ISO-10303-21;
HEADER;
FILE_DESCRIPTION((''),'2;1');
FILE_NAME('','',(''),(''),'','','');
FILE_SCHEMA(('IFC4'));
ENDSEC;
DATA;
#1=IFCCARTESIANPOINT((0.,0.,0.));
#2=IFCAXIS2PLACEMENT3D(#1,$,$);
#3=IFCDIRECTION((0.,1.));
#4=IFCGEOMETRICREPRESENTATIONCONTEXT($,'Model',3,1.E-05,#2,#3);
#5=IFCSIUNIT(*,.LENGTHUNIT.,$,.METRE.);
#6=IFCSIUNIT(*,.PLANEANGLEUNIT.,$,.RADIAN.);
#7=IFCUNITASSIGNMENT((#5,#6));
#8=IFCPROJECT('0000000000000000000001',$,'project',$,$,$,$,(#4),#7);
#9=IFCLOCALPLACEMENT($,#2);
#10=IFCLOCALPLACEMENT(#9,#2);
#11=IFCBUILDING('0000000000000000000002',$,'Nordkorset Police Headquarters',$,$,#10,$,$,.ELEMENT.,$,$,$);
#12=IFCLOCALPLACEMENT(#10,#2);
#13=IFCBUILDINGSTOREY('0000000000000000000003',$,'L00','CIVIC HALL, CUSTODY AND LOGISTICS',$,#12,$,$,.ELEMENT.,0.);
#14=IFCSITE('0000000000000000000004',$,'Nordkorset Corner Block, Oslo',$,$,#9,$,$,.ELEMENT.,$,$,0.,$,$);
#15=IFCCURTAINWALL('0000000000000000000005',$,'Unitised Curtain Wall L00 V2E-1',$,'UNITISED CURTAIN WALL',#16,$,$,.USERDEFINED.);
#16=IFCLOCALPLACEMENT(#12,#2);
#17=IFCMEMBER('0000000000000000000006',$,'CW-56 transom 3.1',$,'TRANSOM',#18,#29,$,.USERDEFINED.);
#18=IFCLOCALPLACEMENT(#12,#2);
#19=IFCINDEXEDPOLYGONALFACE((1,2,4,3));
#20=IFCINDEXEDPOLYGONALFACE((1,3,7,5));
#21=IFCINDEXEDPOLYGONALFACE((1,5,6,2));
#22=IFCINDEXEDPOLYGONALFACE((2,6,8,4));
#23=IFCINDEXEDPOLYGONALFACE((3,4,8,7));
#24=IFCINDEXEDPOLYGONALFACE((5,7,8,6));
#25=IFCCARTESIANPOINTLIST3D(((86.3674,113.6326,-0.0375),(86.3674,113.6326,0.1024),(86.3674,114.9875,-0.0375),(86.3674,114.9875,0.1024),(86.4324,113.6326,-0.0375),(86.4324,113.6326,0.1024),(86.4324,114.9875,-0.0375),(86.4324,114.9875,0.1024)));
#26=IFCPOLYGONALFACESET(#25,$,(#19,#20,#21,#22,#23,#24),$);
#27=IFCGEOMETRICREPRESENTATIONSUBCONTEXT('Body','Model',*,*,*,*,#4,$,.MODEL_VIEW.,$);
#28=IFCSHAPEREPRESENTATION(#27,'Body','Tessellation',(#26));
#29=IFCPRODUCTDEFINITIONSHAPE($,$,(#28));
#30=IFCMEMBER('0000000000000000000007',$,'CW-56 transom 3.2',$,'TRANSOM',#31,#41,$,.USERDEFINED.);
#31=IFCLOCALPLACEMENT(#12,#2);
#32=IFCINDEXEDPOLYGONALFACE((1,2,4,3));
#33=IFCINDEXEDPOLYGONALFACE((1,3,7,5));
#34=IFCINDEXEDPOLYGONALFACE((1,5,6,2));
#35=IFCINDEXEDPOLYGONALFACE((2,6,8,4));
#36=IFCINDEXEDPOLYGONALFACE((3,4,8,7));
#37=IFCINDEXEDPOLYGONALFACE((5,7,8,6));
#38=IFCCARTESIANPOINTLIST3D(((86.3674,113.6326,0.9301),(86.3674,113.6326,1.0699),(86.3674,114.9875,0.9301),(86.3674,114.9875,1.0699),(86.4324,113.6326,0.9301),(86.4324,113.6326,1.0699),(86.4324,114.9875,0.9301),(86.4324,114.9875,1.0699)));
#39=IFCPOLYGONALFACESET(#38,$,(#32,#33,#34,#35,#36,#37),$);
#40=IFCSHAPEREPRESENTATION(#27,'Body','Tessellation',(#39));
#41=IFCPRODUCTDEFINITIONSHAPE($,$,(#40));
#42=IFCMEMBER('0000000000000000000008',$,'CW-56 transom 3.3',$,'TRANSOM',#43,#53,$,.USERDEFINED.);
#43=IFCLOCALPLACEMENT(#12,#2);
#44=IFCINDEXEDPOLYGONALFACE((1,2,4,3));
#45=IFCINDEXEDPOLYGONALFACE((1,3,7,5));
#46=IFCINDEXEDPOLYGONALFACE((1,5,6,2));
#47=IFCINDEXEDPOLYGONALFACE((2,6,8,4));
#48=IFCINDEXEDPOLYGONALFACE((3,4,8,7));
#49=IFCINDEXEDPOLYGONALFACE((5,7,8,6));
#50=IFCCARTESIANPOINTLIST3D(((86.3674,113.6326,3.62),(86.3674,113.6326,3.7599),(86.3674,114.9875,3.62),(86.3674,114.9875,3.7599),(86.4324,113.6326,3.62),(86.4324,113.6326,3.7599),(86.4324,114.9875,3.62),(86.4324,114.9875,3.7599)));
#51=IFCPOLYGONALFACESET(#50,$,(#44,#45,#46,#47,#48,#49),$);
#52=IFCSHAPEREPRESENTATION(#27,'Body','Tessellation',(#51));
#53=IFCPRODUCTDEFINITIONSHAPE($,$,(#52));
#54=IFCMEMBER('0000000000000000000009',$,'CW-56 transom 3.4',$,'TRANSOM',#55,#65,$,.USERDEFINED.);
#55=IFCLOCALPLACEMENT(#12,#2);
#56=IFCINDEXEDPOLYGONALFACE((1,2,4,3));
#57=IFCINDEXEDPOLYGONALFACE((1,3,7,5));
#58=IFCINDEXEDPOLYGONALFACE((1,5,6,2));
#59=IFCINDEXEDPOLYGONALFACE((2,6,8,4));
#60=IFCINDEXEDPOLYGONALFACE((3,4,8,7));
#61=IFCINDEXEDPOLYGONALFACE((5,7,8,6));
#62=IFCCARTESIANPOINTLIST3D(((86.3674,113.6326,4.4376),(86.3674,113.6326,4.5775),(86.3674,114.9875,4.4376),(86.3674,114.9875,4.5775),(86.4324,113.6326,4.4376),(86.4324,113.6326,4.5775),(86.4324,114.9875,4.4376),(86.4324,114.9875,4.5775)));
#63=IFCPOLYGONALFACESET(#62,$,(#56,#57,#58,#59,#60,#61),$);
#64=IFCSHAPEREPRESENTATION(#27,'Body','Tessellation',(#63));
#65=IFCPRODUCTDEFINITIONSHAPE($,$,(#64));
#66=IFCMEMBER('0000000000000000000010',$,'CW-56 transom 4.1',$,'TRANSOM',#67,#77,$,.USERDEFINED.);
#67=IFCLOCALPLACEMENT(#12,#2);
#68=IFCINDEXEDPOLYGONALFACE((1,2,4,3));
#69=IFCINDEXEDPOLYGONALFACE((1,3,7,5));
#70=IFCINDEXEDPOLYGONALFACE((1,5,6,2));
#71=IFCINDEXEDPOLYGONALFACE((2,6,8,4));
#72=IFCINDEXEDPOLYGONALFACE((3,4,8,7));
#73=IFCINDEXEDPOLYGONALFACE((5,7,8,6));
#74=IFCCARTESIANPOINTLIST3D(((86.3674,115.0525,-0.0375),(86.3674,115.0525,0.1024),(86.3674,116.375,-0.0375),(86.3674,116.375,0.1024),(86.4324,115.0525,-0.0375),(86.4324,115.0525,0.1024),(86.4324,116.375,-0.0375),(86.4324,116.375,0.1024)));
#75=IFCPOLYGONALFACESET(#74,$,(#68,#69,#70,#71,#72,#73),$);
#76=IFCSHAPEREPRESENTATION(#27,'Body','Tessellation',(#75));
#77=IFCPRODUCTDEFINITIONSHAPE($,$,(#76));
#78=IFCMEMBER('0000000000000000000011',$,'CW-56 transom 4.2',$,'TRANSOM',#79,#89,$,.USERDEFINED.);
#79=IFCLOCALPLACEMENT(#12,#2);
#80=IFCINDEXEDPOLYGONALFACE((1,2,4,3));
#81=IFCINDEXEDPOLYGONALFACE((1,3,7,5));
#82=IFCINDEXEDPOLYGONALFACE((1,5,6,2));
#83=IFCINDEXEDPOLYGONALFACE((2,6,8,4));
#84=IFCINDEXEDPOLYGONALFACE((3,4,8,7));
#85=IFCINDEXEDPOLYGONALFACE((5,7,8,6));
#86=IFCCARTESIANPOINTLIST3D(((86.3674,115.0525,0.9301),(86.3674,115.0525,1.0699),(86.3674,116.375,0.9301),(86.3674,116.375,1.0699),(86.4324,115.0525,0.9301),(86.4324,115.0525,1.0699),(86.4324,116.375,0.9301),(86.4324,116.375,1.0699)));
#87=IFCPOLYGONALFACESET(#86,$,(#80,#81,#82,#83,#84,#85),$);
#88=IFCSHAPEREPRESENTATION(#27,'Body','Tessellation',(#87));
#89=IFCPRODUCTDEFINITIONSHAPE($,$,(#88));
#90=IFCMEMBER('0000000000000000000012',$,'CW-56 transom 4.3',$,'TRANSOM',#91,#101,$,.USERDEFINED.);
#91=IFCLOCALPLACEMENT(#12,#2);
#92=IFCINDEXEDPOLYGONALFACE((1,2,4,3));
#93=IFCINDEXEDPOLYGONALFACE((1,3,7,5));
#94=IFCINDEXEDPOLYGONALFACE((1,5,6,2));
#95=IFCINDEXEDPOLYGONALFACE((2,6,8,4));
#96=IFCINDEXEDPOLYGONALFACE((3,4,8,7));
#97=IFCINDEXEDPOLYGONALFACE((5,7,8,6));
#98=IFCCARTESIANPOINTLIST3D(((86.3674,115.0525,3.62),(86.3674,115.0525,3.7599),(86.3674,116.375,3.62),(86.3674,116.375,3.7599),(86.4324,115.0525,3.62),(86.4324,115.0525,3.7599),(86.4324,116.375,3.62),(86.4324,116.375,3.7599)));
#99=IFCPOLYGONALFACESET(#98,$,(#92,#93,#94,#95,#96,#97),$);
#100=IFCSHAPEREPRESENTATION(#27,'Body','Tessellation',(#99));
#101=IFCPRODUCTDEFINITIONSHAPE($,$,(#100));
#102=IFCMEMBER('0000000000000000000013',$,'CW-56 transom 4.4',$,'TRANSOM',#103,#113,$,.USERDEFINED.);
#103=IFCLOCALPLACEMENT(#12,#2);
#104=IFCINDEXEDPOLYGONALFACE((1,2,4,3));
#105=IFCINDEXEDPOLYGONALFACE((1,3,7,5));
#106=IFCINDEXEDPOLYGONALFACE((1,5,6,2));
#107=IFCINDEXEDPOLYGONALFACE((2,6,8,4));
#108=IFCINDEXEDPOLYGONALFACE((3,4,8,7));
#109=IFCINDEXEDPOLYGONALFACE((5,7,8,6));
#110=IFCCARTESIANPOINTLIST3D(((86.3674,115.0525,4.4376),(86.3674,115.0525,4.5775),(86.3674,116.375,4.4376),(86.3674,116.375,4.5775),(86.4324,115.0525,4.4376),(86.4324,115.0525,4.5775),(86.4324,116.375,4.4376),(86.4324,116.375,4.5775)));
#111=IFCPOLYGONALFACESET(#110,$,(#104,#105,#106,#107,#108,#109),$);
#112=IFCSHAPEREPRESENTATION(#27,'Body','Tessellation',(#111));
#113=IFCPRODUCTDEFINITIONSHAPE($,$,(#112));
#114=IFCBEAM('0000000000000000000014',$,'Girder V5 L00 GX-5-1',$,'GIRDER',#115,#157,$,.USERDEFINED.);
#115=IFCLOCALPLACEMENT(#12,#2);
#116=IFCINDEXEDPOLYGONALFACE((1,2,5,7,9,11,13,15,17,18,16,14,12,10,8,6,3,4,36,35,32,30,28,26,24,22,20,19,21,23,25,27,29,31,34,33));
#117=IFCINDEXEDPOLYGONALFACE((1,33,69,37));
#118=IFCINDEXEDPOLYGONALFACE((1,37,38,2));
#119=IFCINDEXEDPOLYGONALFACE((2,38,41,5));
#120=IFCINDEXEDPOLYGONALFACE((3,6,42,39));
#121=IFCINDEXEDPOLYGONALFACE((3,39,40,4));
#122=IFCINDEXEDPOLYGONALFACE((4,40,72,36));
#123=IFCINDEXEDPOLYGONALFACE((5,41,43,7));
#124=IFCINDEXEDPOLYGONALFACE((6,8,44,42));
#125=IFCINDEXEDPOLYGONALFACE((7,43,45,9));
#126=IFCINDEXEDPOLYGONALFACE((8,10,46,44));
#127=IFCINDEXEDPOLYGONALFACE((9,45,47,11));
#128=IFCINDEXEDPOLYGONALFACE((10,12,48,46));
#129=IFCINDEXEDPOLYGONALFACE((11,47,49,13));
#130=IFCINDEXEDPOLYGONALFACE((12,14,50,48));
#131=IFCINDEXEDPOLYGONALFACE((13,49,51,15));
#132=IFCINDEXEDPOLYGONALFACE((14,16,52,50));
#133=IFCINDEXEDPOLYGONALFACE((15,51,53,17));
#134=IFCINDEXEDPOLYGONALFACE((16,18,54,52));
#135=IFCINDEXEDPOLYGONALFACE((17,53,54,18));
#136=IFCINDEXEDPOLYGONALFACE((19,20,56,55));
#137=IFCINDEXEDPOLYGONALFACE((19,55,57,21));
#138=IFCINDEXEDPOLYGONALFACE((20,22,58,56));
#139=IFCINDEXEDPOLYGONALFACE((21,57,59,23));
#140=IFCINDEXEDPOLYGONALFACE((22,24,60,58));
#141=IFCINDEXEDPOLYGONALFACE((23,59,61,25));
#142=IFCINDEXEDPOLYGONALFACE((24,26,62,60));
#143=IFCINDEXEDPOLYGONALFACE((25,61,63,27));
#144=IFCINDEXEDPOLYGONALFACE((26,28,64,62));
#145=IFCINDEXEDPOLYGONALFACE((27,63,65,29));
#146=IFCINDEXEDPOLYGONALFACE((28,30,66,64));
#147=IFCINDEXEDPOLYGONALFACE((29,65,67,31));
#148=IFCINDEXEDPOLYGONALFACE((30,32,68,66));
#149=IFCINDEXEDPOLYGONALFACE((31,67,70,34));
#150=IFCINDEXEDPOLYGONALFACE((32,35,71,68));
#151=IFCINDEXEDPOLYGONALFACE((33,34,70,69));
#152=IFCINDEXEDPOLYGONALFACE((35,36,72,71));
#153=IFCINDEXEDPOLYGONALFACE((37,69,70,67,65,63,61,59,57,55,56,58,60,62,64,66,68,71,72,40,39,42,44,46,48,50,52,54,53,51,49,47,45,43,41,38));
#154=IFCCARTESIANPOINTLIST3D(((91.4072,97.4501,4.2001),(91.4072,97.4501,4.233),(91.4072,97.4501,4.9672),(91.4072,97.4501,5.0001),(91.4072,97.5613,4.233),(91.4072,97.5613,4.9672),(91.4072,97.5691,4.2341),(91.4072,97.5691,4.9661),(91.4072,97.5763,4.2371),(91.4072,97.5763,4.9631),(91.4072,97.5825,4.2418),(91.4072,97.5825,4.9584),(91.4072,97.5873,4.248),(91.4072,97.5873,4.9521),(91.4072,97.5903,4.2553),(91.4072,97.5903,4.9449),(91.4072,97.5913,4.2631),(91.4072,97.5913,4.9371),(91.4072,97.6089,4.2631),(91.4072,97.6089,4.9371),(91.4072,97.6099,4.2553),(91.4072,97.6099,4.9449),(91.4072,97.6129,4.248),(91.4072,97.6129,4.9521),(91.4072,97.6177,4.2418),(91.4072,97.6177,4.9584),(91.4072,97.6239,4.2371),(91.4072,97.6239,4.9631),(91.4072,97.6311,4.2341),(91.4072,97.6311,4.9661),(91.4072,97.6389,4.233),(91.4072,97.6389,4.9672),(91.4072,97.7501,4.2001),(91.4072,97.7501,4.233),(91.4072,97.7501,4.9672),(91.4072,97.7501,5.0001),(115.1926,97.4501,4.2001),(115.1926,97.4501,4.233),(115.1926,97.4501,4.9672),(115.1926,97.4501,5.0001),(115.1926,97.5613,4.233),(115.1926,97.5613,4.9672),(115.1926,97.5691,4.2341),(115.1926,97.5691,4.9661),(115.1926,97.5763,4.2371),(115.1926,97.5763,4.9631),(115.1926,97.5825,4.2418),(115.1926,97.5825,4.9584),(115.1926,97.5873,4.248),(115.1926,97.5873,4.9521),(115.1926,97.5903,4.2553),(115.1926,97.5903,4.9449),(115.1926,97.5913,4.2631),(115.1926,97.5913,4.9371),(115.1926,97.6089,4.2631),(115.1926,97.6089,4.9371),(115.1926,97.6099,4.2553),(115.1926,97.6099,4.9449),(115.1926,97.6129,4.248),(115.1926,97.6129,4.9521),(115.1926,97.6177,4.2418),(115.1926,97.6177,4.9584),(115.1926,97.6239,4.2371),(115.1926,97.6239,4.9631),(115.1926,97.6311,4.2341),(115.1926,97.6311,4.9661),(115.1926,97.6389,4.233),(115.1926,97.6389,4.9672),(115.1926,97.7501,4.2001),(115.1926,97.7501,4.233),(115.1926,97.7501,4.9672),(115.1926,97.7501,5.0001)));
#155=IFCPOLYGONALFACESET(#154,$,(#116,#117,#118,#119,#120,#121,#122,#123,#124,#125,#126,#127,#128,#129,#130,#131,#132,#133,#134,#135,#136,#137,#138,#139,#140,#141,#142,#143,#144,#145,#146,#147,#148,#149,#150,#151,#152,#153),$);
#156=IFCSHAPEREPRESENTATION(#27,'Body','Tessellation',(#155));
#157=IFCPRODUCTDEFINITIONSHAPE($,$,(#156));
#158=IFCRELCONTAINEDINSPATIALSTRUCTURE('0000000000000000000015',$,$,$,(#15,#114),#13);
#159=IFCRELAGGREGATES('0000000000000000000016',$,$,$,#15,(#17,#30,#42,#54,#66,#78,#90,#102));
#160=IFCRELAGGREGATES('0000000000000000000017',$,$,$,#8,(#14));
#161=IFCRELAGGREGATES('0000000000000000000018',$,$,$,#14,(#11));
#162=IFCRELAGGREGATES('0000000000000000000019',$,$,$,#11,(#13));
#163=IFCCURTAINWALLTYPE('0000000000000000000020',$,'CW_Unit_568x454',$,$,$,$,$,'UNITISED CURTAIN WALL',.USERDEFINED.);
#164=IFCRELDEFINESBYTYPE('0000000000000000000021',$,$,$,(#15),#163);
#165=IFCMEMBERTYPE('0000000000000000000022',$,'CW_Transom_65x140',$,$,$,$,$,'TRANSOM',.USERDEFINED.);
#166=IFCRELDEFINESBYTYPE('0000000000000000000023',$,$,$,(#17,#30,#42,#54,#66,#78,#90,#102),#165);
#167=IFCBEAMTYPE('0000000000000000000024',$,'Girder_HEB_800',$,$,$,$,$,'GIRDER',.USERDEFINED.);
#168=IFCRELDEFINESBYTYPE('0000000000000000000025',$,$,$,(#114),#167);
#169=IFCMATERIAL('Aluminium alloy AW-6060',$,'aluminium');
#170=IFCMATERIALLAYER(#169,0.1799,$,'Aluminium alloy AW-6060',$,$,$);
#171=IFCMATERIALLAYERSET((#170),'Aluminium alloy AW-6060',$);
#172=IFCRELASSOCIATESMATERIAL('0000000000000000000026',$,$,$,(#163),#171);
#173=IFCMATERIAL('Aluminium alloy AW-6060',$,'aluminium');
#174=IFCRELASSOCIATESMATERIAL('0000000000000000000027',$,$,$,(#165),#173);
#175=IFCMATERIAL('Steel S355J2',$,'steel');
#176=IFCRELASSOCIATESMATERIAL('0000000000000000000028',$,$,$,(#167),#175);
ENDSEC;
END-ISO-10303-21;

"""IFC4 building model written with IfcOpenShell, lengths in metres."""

from ifc_helpers import new_model, si_unit, direction, frame, origin, origin_2d, place, context, subcontext, project, spatial, rectangle, i_section, extrude, material, layer, layer_set, material_profile, profile_set, type_object, element, aggregate, save


model = new_model("IFC4")

# Units and contexts
model_context = context("Model", 3, precision=1e-05, world=origin(), true_north=direction((0.0, 1.0)))
body_context = subcontext(model_context, "Body", "Model", "MODEL_VIEW")
ifc_project = project(units=[si_unit("LENGTHUNIT", "METRE"), si_unit("PLANEANGLEUNIT", "RADIAN")], contexts=[model_context])

# Site, building, storey
site_placement = place(None, origin())
site = spatial("IfcSite", under=ifc_project, at=site_placement, Name="Nordkorset Corner Block, Oslo", CompositionType="ELEMENT", RefElevation=0.0)
building_placement = place(site_placement, origin())
building = spatial("IfcBuilding", under=site, at=building_placement, Name="Nordkorset Police Headquarters", CompositionType="ELEMENT")
storey_placement = place(building_placement, origin())
storey = spatial("IfcBuildingStorey", under=building, at=storey_placement, Name="L00", Description="CIVIC HALL, CUSTODY AND LOGISTICS", CompositionType="ELEMENT", Elevation=0.0)

# Curtain wall, members
ifc_material_1 = material(Name="Aluminium alloy AW-6060", Category="aluminium")
ifc_layer_1 = layer(ifc_material_1, 0.1799, Name="Aluminium alloy AW-6060")
ifc_layer_set_1 = layer_set([ifc_layer_1], Name="Aluminium alloy AW-6060")
curtain_wall_type = type_object("IfcCurtainWallType", Name="CW_Unit_568x454", ElementType="UNITISED CURTAIN WALL", PredefinedType="USERDEFINED", material=ifc_layer_set_1)
curtain_wall_placement = place(storey_placement, origin())
curtain_wall = element("IfcCurtainWall", 1, at=curtain_wall_placement, inside=storey, type_object=curtain_wall_type, Name="Unitised Curtain Wall L00 V2E-1", ObjectType="UNITISED CURTAIN WALL", PredefinedType="USERDEFINED")
ifc_material_2 = material(Name="Aluminium alloy AW-6060", Category="aluminium")
ifc_material_profile_1 = material_profile(ifc_material_2, rectangle(XDim=0.0649, YDim=0.1399, at=origin_2d()), Name="ALU TRAN 65x140")
ifc_profile_set_1 = profile_set([ifc_material_profile_1], Name="Aluminium alloy AW-6060")
member_type_1 = type_object("IfcMemberType", Name="CW_Transom_65x140", ElementType="TRANSOM", PredefinedType="USERDEFINED", material=ifc_profile_set_1)
member_1_placement = place(storey_placement, frame((86.3999, 113.6326, 0.0325), z_axis=(0.0, 1.0, 0.0), x_axis=(-1.0, 0.0, 0.0)))
member_1 = element("IfcMember", 2, at=member_1_placement, type_object=member_type_1, Name="CW-56 transom 3.1", ObjectType="TRANSOM", PredefinedType="USERDEFINED", context=body_context, shape_type="SweptSolid", body=[
    extrude(rectangle(XDim=0.0649, YDim=0.1399, at=origin_2d()), origin(), (0.0, 0.0, 1.0), 1.355),
])
member_2_placement = place(storey_placement, frame((86.3999, 113.6326, 1.0), z_axis=(0.0, 1.0, 0.0), x_axis=(-1.0, 0.0, 0.0)))
member_2 = element("IfcMember", 3, at=member_2_placement, type_object=member_type_1, Name="CW-56 transom 3.2", ObjectType="TRANSOM", PredefinedType="USERDEFINED", context=body_context, shape_type="SweptSolid", body=[
    extrude(rectangle(XDim=0.0649, YDim=0.1399, at=origin_2d()), origin(), (0.0, 0.0, 1.0), 1.355),
])
member_3_placement = place(storey_placement, frame((86.3999, 113.6326, 3.6899), z_axis=(0.0, 1.0, 0.0), x_axis=(-1.0, 0.0, 0.0)))
member_3 = element("IfcMember", 4, at=member_3_placement, type_object=member_type_1, Name="CW-56 transom 3.3", ObjectType="TRANSOM", PredefinedType="USERDEFINED", context=body_context, shape_type="SweptSolid", body=[
    extrude(rectangle(XDim=0.0649, YDim=0.1399, at=origin_2d()), origin(), (0.0, 0.0, 1.0), 1.355),
])
member_4_placement = place(storey_placement, frame((86.3999, 113.6326, 4.5076), z_axis=(0.0, 1.0, 0.0), x_axis=(-1.0, 0.0, 0.0)))
member_4 = element("IfcMember", 5, at=member_4_placement, type_object=member_type_1, Name="CW-56 transom 3.4", ObjectType="TRANSOM", PredefinedType="USERDEFINED", context=body_context, shape_type="SweptSolid", body=[
    extrude(rectangle(XDim=0.0649, YDim=0.1399, at=origin_2d()), origin(), (0.0, 0.0, 1.0), 1.355),
])
member_5_placement = place(storey_placement, frame((86.3999, 115.0525, 0.0325), z_axis=(0.0, 1.0, 0.0), x_axis=(-1.0, 0.0, 0.0)))
member_5 = element("IfcMember", 6, at=member_5_placement, type_object=member_type_1, Name="CW-56 transom 4.1", ObjectType="TRANSOM", PredefinedType="USERDEFINED", context=body_context, shape_type="SweptSolid", body=[
    extrude(rectangle(XDim=0.0649, YDim=0.1399, at=origin_2d()), origin(), (0.0, 0.0, 1.0), 1.3225),
])
member_6_placement = place(storey_placement, frame((86.3999, 115.0525, 1.0), z_axis=(0.0, 1.0, 0.0), x_axis=(-1.0, 0.0, 0.0)))
member_6 = element("IfcMember", 7, at=member_6_placement, type_object=member_type_1, Name="CW-56 transom 4.2", ObjectType="TRANSOM", PredefinedType="USERDEFINED", context=body_context, shape_type="SweptSolid", body=[
    extrude(rectangle(XDim=0.0649, YDim=0.1399, at=origin_2d()), origin(), (0.0, 0.0, 1.0), 1.3225),
])
member_7_placement = place(storey_placement, frame((86.3999, 115.0525, 3.6899), z_axis=(0.0, 1.0, 0.0), x_axis=(-1.0, 0.0, 0.0)))
member_7 = element("IfcMember", 8, at=member_7_placement, type_object=member_type_1, Name="CW-56 transom 4.3", ObjectType="TRANSOM", PredefinedType="USERDEFINED", context=body_context, shape_type="SweptSolid", body=[
    extrude(rectangle(XDim=0.0649, YDim=0.1399, at=origin_2d()), origin(), (0.0, 0.0, 1.0), 1.3225),
])
member_8_placement = place(storey_placement, frame((86.3999, 115.0525, 4.5076), z_axis=(0.0, 1.0, 0.0), x_axis=(-1.0, 0.0, 0.0)))
member_8 = element("IfcMember", 9, at=member_8_placement, type_object=member_type_1, Name="CW-56 transom 4.4", ObjectType="TRANSOM", PredefinedType="USERDEFINED", context=body_context, shape_type="SweptSolid", body=[
    extrude(rectangle(XDim=0.0649, YDim=0.1399, at=origin_2d()), origin(), (0.0, 0.0, 1.0), 1.3225),
])

# Beam
ifc_material_3 = material(Name="Steel S355J2", Category="steel")
ifc_material_profile_2 = material_profile(ifc_material_3, i_section(OverallWidth=0.3, OverallDepth=0.8, WebThickness=0.0176, FlangeThickness=0.033, FilletRadius=0.03, at=origin_2d()), Name="HEB 800")
ifc_profile_set_2 = profile_set([ifc_material_profile_2], Name="Steel S355J2")
beam_type_1 = type_object("IfcBeamType", Name="Girder_HEB_800", ElementType="GIRDER", PredefinedType="USERDEFINED", material=ifc_profile_set_2)
beam_1_placement = place(storey_placement, frame((91.4072, 97.6001, 4.6001), z_axis=(1.0, 0.0, 0.0), x_axis=(0.0, 1.0, 0.0)))
element("IfcBeam", 10, at=beam_1_placement, inside=storey, type_object=beam_type_1, Name="Girder V5 L00 GX-5-1", ObjectType="GIRDER", PredefinedType="USERDEFINED", context=body_context, shape_type="SweptSolid", body=[
    extrude(i_section(OverallWidth=0.3, OverallDepth=0.8, WebThickness=0.0176, FlangeThickness=0.033, FilletRadius=0.03, at=origin_2d()), origin(), (0.0, 0.0, 1.0), 23.7854),
])

aggregate(curtain_wall, [member_1, member_2, member_3, member_4, member_5, member_6, member_7, member_8])

save(model, "model.ifc")
